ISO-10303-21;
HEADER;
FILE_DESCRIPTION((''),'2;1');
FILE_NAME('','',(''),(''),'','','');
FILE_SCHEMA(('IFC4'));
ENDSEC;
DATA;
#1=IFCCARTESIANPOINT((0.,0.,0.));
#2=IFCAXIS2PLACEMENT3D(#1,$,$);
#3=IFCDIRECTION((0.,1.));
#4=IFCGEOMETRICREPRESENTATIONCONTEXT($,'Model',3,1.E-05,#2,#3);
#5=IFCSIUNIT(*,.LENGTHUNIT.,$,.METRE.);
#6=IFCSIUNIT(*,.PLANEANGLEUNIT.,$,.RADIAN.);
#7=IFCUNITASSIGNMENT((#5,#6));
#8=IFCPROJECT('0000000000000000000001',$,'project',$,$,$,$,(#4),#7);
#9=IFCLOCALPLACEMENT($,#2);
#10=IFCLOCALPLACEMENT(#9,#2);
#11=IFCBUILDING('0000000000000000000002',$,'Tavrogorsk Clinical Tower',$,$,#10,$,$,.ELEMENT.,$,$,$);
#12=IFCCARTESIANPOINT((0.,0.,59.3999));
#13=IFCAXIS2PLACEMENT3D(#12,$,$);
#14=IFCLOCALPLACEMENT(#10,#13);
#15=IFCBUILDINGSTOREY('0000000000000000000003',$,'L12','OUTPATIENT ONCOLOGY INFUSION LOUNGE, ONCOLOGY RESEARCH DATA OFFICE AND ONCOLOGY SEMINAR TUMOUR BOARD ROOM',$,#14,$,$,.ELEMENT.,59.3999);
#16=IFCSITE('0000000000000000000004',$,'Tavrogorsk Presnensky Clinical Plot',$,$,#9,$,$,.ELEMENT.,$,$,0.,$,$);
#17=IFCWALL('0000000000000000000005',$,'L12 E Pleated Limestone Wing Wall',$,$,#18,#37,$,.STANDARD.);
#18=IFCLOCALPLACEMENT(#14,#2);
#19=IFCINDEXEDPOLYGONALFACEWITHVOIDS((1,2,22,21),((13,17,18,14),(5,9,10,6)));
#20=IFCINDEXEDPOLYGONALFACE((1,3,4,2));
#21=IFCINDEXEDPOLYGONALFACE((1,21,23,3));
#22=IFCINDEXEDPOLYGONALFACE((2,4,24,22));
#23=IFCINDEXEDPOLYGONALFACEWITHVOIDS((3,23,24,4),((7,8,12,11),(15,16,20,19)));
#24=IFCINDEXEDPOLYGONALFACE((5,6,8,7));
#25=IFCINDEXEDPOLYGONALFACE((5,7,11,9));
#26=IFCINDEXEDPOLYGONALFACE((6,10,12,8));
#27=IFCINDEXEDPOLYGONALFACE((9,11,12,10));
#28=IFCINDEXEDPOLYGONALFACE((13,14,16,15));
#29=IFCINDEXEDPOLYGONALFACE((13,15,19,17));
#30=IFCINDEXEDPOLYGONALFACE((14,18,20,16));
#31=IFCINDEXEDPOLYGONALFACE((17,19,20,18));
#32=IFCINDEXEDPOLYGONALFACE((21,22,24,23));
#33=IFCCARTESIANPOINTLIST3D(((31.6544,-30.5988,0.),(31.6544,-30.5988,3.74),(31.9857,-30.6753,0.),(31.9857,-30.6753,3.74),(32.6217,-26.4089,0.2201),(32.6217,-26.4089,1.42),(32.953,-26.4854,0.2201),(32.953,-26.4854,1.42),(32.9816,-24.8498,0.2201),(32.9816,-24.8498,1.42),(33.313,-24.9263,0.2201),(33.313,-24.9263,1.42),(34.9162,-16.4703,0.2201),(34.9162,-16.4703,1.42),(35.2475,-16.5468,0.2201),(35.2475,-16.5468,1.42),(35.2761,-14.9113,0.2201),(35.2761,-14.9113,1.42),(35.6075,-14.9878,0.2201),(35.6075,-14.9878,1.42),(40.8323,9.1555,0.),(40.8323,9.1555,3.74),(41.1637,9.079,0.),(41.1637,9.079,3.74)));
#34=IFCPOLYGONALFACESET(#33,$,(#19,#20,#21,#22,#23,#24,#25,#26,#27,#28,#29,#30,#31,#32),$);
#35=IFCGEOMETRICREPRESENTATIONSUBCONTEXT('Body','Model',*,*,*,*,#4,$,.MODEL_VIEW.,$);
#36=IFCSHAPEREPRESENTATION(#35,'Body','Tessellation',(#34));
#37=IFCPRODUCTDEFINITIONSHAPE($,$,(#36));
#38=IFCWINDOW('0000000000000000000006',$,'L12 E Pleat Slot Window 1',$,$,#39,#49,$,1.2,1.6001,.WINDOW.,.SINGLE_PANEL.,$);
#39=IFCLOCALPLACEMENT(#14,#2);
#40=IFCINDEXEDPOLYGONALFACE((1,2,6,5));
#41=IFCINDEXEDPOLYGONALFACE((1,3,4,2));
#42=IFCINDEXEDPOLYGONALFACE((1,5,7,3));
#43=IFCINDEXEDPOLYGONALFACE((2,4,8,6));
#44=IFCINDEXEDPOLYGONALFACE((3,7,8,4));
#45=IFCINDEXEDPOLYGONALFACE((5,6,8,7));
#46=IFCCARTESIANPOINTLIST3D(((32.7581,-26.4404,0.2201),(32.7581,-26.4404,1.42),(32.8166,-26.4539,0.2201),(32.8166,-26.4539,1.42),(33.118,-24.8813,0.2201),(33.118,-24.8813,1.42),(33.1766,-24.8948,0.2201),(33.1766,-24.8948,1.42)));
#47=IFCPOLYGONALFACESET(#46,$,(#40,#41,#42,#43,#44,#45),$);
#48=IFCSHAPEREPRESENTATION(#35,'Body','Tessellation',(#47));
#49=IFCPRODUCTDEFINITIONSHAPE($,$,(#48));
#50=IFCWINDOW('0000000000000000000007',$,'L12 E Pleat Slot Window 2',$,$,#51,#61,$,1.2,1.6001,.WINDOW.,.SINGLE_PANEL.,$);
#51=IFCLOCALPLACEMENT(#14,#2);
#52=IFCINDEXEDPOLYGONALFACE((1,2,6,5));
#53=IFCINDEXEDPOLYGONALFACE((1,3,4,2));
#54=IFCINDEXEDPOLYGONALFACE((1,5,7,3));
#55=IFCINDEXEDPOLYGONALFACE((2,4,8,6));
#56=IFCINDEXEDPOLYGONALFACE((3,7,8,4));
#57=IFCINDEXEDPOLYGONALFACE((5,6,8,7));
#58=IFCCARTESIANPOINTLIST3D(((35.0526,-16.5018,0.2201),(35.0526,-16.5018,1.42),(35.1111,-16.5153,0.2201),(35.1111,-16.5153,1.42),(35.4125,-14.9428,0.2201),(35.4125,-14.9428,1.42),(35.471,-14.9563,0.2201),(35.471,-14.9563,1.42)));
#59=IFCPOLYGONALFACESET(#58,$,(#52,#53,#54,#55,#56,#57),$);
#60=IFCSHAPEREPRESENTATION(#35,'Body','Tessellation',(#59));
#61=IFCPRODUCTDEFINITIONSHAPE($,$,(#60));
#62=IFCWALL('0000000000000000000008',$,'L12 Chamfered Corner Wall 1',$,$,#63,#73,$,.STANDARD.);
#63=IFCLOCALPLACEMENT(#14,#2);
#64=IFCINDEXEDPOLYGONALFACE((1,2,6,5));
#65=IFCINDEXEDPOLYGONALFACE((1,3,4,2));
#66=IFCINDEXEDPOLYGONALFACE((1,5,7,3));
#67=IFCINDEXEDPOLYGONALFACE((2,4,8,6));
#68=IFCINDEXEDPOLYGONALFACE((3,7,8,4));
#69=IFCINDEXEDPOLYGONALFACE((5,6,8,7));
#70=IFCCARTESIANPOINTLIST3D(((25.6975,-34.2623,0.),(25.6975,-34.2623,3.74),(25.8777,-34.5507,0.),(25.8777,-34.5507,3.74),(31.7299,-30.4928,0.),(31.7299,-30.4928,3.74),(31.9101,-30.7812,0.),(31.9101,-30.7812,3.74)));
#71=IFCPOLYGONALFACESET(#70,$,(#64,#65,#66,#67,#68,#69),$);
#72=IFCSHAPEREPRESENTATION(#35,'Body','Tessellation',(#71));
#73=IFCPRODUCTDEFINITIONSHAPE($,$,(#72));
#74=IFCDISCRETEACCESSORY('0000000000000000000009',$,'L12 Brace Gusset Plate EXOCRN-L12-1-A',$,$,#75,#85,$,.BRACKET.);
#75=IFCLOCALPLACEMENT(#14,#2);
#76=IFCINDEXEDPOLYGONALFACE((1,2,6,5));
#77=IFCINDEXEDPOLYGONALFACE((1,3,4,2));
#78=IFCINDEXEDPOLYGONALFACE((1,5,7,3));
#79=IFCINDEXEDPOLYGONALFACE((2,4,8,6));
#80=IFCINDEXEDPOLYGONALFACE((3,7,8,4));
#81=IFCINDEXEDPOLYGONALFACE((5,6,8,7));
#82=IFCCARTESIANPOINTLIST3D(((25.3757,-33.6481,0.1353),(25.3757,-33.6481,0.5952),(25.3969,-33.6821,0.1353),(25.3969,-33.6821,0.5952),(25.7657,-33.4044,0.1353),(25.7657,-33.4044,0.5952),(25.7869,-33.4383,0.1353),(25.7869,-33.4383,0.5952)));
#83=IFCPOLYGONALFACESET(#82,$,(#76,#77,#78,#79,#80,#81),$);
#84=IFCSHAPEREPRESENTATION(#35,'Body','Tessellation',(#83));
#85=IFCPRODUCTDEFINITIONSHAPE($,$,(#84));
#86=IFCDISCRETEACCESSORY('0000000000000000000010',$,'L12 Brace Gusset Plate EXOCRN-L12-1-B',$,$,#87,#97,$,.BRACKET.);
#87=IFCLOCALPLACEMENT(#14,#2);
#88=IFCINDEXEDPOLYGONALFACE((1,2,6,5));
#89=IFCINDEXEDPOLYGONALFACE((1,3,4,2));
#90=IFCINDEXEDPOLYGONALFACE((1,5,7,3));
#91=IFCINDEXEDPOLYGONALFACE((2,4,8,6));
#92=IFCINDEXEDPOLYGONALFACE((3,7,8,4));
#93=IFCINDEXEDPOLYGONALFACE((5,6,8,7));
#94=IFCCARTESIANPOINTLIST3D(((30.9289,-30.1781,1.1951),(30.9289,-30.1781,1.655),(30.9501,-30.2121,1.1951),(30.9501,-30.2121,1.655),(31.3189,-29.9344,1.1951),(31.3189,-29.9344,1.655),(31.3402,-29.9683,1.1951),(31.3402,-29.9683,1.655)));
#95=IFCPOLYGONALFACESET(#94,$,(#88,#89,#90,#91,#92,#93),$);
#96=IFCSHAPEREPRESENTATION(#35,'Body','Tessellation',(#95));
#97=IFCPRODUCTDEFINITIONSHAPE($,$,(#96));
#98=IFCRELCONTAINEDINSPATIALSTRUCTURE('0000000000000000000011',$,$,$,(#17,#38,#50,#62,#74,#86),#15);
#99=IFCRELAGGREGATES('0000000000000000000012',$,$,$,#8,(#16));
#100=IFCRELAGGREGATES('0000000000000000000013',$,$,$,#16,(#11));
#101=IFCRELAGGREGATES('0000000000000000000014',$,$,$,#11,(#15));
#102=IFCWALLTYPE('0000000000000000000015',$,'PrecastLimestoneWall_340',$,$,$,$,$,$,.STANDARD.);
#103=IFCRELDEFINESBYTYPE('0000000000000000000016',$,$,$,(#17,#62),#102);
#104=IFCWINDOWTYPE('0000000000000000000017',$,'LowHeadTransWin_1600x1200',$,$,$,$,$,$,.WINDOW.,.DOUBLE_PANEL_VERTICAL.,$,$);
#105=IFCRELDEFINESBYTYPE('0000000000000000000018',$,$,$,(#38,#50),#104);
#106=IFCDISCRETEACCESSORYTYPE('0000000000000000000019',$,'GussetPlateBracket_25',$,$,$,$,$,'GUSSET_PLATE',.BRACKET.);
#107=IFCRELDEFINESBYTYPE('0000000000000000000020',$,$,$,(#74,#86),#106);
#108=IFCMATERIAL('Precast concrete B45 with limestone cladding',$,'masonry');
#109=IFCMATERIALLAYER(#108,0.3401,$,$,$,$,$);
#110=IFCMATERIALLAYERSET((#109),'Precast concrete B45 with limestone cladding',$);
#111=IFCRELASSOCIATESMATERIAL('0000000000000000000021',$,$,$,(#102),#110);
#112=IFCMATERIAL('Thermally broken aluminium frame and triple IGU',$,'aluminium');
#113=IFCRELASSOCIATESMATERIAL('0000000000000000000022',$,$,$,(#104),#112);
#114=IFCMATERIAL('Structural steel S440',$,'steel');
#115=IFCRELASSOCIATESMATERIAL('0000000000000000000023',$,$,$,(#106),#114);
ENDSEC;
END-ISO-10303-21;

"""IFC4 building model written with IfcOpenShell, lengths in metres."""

from ifc_helpers import new_model, si_unit, direction, frame, frame_2d, origin, origin_2d, place, context, subcontext, project, spatial, rectangle, extrude, material, layer, layer_set, type_object, element, fill, save


model = new_model("IFC4")

# Units and contexts
model_context = context("Model", 3, precision=1e-05, world=origin(), true_north=direction((0.0, 1.0)))
body_context = subcontext(model_context, "Body", "Model", "MODEL_VIEW")
ifc_project = project(units=[si_unit("LENGTHUNIT", "METRE"), si_unit("PLANEANGLEUNIT", "RADIAN")], contexts=[model_context])

# Site, building, storey
site_placement = place(None, origin())
site = spatial("IfcSite", under=ifc_project, at=site_placement, Name="Tavrogorsk Presnensky Clinical Plot", CompositionType="ELEMENT", RefElevation=0.0)
building_placement = place(site_placement, origin())
building = spatial("IfcBuilding", under=site, at=building_placement, Name="Tavrogorsk Clinical Tower", CompositionType="ELEMENT")
storey_placement = place(building_placement, frame((0.0, 0.0, 59.3999)))
storey = spatial("IfcBuildingStorey", under=building, at=storey_placement, Name="L12", Description="OUTPATIENT ONCOLOGY INFUSION LOUNGE, ONCOLOGY RESEARCH DATA OFFICE AND ONCOLOGY SEMINAR TUMOUR BOARD ROOM", CompositionType="ELEMENT", Elevation=59.3999)

# Wall, openings, windows
ifc_material_1 = material(Name="Precast concrete B45 with limestone cladding", Category="masonry")
ifc_layer_1 = layer(ifc_material_1, 0.3401)
ifc_layer_set_1 = layer_set([ifc_layer_1], Name="Precast concrete B45 with limestone cladding")
wall_type_1 = type_object("IfcWallType", Name="PrecastLimestoneWall_340", PredefinedType="STANDARD", material=ifc_layer_set_1)
wall_1_placement = place(storey_placement, frame((31.8201, -30.637, 0.0), z_axis=(0.0, 0.0, 1.0), x_axis=(0.22495, 0.97437, 0.0)))
wall_1 = element("IfcWall", 1, at=wall_1_placement, inside=storey, type_object=wall_type_1, Name="L12 E Pleated Limestone Wing Wall", PredefinedType="STANDARD", context=body_context, shape_type="SweptSolid", body=[
    extrude(rectangle(XDim=40.8, YDim=0.3401, at=frame_2d((20.3999, 0.0))), origin(), (0.0, 0.0, 1.0), 3.74),
])
opening_1_placement = place(wall_1_placement, frame((4.3, 0.0, 0.22)))
opening_1 = element("IfcOpeningElement", 2, at=opening_1_placement, cuts=wall_1, PredefinedType="OPENING", context=body_context, shape_type="SweptSolid", body=[
    extrude(rectangle(XDim=1.6001, YDim=1.2, at=frame_2d((0.8, 0.6001))), frame((0.0, 0.1799, 0.0), z_axis=(0.0, -1.0, 0.0), x_axis=(1.0, 0.0, 0.0)), (0.0, 0.0, 1.0), 0.3601),
])
opening_2_placement = place(wall_1_placement, frame((14.5, 0.0, 0.22)))
opening_2 = element("IfcOpeningElement", 3, at=opening_2_placement, cuts=wall_1, PredefinedType="OPENING", context=body_context, shape_type="SweptSolid", body=[
    extrude(rectangle(XDim=1.6001, YDim=1.2, at=frame_2d((0.8, 0.6001))), frame((0.0, 0.1799, 0.0), z_axis=(0.0, -1.0, 0.0), x_axis=(1.0, 0.0, 0.0)), (0.0, 0.0, 1.0), 0.3601),
])
ifc_material_2 = material(Name="Thermally broken aluminium frame and triple IGU", Category="aluminium")
window_type = type_object("IfcWindowType", Name="LowHeadTransWin_1600x1200", PartitioningType="DOUBLE_PANEL_VERTICAL", PredefinedType="WINDOW", material=ifc_material_2)
window_1_placement = place(opening_1_placement, origin())
window_1 = element("IfcWindow", 4, at=window_1_placement, inside=storey, type_object=window_type, Name="L12 E Pleat Slot Window 1", OverallHeight=1.2, OverallWidth=1.6001, PartitioningType="SINGLE_PANEL", PredefinedType="WINDOW", context=body_context, shape_type="SweptSolid", body=[
    extrude(rectangle(XDim=1.6001, YDim=1.2, at=frame_2d((0.8, 0.6001))), frame((0.0, 0.03, 0.0), z_axis=(0.0, -1.0, 0.0), x_axis=(1.0, 0.0, 0.0)), (0.0, 0.0, 1.0), 0.0601),
])
fill(opening_1, window_1)
window_2_placement = place(opening_2_placement, origin())
window_2 = element("IfcWindow", 5, at=window_2_placement, inside=storey, type_object=window_type, Name="L12 E Pleat Slot Window 2", OverallHeight=1.2, OverallWidth=1.6001, PartitioningType="SINGLE_PANEL", PredefinedType="WINDOW", context=body_context, shape_type="SweptSolid", body=[
    extrude(rectangle(XDim=1.6001, YDim=1.2, at=frame_2d((0.8, 0.6001))), frame((0.0, 0.03, 0.0), z_axis=(0.0, -1.0, 0.0), x_axis=(1.0, 0.0, 0.0)), (0.0, 0.0, 1.0), 0.0601),
])
fill(opening_2, window_2)

# Wall
wall_2_placement = place(storey_placement, frame((25.7876, -34.4065, 0.0), z_axis=(0.0, 0.0, 1.0), x_axis=(0.848047, 0.529922, 0.0)))
element("IfcWall", 6, at=wall_2_placement, inside=storey, type_object=wall_type_1, Name="L12 Chamfered Corner Wall 1", PredefinedType="STANDARD", context=body_context, shape_type="SweptSolid", body=[
    extrude(rectangle(XDim=7.1133, YDim=0.3401, at=frame_2d((3.5566, 0.0))), origin(), (0.0, 0.0, 1.0), 3.74),
])

# Discrete accessories
ifc_material_3 = material(Name="Structural steel S440", Category="steel")
discrete_accessory_type = type_object("IfcDiscreteAccessoryType", Name="GussetPlateBracket_25", ElementType="GUSSET_PLATE", PredefinedType="BRACKET", material=ifc_material_3)
for number, where, z_axis, x_axis, name in (
    (7, (25.5813, -33.5432, 0.1353), (0.0, 0.0, 1.0), (0.848048, 0.529919, 0.0), "L12 Brace Gusset Plate EXOCRN-L12-1-A"),
    (8, (31.1345, -30.0732, 1.1951), (0.0, 0.0, 1.0), (0.848048, 0.529919, 0.0), "L12 Brace Gusset Plate EXOCRN-L12-1-B"),
):
    element("IfcDiscreteAccessory", number, at=place(storey_placement, frame(where, z_axis=z_axis, x_axis=x_axis)), inside=storey, type_object=discrete_accessory_type, Name=name, PredefinedType="BRACKET", context=body_context, shape_type="SweptSolid", body=[
        extrude(rectangle(XDim=0.46, YDim=0.04, at=origin_2d()), origin(), (0.0, 0.0, 1.0), 0.46),
    ])

save(model, "model.ifc")
